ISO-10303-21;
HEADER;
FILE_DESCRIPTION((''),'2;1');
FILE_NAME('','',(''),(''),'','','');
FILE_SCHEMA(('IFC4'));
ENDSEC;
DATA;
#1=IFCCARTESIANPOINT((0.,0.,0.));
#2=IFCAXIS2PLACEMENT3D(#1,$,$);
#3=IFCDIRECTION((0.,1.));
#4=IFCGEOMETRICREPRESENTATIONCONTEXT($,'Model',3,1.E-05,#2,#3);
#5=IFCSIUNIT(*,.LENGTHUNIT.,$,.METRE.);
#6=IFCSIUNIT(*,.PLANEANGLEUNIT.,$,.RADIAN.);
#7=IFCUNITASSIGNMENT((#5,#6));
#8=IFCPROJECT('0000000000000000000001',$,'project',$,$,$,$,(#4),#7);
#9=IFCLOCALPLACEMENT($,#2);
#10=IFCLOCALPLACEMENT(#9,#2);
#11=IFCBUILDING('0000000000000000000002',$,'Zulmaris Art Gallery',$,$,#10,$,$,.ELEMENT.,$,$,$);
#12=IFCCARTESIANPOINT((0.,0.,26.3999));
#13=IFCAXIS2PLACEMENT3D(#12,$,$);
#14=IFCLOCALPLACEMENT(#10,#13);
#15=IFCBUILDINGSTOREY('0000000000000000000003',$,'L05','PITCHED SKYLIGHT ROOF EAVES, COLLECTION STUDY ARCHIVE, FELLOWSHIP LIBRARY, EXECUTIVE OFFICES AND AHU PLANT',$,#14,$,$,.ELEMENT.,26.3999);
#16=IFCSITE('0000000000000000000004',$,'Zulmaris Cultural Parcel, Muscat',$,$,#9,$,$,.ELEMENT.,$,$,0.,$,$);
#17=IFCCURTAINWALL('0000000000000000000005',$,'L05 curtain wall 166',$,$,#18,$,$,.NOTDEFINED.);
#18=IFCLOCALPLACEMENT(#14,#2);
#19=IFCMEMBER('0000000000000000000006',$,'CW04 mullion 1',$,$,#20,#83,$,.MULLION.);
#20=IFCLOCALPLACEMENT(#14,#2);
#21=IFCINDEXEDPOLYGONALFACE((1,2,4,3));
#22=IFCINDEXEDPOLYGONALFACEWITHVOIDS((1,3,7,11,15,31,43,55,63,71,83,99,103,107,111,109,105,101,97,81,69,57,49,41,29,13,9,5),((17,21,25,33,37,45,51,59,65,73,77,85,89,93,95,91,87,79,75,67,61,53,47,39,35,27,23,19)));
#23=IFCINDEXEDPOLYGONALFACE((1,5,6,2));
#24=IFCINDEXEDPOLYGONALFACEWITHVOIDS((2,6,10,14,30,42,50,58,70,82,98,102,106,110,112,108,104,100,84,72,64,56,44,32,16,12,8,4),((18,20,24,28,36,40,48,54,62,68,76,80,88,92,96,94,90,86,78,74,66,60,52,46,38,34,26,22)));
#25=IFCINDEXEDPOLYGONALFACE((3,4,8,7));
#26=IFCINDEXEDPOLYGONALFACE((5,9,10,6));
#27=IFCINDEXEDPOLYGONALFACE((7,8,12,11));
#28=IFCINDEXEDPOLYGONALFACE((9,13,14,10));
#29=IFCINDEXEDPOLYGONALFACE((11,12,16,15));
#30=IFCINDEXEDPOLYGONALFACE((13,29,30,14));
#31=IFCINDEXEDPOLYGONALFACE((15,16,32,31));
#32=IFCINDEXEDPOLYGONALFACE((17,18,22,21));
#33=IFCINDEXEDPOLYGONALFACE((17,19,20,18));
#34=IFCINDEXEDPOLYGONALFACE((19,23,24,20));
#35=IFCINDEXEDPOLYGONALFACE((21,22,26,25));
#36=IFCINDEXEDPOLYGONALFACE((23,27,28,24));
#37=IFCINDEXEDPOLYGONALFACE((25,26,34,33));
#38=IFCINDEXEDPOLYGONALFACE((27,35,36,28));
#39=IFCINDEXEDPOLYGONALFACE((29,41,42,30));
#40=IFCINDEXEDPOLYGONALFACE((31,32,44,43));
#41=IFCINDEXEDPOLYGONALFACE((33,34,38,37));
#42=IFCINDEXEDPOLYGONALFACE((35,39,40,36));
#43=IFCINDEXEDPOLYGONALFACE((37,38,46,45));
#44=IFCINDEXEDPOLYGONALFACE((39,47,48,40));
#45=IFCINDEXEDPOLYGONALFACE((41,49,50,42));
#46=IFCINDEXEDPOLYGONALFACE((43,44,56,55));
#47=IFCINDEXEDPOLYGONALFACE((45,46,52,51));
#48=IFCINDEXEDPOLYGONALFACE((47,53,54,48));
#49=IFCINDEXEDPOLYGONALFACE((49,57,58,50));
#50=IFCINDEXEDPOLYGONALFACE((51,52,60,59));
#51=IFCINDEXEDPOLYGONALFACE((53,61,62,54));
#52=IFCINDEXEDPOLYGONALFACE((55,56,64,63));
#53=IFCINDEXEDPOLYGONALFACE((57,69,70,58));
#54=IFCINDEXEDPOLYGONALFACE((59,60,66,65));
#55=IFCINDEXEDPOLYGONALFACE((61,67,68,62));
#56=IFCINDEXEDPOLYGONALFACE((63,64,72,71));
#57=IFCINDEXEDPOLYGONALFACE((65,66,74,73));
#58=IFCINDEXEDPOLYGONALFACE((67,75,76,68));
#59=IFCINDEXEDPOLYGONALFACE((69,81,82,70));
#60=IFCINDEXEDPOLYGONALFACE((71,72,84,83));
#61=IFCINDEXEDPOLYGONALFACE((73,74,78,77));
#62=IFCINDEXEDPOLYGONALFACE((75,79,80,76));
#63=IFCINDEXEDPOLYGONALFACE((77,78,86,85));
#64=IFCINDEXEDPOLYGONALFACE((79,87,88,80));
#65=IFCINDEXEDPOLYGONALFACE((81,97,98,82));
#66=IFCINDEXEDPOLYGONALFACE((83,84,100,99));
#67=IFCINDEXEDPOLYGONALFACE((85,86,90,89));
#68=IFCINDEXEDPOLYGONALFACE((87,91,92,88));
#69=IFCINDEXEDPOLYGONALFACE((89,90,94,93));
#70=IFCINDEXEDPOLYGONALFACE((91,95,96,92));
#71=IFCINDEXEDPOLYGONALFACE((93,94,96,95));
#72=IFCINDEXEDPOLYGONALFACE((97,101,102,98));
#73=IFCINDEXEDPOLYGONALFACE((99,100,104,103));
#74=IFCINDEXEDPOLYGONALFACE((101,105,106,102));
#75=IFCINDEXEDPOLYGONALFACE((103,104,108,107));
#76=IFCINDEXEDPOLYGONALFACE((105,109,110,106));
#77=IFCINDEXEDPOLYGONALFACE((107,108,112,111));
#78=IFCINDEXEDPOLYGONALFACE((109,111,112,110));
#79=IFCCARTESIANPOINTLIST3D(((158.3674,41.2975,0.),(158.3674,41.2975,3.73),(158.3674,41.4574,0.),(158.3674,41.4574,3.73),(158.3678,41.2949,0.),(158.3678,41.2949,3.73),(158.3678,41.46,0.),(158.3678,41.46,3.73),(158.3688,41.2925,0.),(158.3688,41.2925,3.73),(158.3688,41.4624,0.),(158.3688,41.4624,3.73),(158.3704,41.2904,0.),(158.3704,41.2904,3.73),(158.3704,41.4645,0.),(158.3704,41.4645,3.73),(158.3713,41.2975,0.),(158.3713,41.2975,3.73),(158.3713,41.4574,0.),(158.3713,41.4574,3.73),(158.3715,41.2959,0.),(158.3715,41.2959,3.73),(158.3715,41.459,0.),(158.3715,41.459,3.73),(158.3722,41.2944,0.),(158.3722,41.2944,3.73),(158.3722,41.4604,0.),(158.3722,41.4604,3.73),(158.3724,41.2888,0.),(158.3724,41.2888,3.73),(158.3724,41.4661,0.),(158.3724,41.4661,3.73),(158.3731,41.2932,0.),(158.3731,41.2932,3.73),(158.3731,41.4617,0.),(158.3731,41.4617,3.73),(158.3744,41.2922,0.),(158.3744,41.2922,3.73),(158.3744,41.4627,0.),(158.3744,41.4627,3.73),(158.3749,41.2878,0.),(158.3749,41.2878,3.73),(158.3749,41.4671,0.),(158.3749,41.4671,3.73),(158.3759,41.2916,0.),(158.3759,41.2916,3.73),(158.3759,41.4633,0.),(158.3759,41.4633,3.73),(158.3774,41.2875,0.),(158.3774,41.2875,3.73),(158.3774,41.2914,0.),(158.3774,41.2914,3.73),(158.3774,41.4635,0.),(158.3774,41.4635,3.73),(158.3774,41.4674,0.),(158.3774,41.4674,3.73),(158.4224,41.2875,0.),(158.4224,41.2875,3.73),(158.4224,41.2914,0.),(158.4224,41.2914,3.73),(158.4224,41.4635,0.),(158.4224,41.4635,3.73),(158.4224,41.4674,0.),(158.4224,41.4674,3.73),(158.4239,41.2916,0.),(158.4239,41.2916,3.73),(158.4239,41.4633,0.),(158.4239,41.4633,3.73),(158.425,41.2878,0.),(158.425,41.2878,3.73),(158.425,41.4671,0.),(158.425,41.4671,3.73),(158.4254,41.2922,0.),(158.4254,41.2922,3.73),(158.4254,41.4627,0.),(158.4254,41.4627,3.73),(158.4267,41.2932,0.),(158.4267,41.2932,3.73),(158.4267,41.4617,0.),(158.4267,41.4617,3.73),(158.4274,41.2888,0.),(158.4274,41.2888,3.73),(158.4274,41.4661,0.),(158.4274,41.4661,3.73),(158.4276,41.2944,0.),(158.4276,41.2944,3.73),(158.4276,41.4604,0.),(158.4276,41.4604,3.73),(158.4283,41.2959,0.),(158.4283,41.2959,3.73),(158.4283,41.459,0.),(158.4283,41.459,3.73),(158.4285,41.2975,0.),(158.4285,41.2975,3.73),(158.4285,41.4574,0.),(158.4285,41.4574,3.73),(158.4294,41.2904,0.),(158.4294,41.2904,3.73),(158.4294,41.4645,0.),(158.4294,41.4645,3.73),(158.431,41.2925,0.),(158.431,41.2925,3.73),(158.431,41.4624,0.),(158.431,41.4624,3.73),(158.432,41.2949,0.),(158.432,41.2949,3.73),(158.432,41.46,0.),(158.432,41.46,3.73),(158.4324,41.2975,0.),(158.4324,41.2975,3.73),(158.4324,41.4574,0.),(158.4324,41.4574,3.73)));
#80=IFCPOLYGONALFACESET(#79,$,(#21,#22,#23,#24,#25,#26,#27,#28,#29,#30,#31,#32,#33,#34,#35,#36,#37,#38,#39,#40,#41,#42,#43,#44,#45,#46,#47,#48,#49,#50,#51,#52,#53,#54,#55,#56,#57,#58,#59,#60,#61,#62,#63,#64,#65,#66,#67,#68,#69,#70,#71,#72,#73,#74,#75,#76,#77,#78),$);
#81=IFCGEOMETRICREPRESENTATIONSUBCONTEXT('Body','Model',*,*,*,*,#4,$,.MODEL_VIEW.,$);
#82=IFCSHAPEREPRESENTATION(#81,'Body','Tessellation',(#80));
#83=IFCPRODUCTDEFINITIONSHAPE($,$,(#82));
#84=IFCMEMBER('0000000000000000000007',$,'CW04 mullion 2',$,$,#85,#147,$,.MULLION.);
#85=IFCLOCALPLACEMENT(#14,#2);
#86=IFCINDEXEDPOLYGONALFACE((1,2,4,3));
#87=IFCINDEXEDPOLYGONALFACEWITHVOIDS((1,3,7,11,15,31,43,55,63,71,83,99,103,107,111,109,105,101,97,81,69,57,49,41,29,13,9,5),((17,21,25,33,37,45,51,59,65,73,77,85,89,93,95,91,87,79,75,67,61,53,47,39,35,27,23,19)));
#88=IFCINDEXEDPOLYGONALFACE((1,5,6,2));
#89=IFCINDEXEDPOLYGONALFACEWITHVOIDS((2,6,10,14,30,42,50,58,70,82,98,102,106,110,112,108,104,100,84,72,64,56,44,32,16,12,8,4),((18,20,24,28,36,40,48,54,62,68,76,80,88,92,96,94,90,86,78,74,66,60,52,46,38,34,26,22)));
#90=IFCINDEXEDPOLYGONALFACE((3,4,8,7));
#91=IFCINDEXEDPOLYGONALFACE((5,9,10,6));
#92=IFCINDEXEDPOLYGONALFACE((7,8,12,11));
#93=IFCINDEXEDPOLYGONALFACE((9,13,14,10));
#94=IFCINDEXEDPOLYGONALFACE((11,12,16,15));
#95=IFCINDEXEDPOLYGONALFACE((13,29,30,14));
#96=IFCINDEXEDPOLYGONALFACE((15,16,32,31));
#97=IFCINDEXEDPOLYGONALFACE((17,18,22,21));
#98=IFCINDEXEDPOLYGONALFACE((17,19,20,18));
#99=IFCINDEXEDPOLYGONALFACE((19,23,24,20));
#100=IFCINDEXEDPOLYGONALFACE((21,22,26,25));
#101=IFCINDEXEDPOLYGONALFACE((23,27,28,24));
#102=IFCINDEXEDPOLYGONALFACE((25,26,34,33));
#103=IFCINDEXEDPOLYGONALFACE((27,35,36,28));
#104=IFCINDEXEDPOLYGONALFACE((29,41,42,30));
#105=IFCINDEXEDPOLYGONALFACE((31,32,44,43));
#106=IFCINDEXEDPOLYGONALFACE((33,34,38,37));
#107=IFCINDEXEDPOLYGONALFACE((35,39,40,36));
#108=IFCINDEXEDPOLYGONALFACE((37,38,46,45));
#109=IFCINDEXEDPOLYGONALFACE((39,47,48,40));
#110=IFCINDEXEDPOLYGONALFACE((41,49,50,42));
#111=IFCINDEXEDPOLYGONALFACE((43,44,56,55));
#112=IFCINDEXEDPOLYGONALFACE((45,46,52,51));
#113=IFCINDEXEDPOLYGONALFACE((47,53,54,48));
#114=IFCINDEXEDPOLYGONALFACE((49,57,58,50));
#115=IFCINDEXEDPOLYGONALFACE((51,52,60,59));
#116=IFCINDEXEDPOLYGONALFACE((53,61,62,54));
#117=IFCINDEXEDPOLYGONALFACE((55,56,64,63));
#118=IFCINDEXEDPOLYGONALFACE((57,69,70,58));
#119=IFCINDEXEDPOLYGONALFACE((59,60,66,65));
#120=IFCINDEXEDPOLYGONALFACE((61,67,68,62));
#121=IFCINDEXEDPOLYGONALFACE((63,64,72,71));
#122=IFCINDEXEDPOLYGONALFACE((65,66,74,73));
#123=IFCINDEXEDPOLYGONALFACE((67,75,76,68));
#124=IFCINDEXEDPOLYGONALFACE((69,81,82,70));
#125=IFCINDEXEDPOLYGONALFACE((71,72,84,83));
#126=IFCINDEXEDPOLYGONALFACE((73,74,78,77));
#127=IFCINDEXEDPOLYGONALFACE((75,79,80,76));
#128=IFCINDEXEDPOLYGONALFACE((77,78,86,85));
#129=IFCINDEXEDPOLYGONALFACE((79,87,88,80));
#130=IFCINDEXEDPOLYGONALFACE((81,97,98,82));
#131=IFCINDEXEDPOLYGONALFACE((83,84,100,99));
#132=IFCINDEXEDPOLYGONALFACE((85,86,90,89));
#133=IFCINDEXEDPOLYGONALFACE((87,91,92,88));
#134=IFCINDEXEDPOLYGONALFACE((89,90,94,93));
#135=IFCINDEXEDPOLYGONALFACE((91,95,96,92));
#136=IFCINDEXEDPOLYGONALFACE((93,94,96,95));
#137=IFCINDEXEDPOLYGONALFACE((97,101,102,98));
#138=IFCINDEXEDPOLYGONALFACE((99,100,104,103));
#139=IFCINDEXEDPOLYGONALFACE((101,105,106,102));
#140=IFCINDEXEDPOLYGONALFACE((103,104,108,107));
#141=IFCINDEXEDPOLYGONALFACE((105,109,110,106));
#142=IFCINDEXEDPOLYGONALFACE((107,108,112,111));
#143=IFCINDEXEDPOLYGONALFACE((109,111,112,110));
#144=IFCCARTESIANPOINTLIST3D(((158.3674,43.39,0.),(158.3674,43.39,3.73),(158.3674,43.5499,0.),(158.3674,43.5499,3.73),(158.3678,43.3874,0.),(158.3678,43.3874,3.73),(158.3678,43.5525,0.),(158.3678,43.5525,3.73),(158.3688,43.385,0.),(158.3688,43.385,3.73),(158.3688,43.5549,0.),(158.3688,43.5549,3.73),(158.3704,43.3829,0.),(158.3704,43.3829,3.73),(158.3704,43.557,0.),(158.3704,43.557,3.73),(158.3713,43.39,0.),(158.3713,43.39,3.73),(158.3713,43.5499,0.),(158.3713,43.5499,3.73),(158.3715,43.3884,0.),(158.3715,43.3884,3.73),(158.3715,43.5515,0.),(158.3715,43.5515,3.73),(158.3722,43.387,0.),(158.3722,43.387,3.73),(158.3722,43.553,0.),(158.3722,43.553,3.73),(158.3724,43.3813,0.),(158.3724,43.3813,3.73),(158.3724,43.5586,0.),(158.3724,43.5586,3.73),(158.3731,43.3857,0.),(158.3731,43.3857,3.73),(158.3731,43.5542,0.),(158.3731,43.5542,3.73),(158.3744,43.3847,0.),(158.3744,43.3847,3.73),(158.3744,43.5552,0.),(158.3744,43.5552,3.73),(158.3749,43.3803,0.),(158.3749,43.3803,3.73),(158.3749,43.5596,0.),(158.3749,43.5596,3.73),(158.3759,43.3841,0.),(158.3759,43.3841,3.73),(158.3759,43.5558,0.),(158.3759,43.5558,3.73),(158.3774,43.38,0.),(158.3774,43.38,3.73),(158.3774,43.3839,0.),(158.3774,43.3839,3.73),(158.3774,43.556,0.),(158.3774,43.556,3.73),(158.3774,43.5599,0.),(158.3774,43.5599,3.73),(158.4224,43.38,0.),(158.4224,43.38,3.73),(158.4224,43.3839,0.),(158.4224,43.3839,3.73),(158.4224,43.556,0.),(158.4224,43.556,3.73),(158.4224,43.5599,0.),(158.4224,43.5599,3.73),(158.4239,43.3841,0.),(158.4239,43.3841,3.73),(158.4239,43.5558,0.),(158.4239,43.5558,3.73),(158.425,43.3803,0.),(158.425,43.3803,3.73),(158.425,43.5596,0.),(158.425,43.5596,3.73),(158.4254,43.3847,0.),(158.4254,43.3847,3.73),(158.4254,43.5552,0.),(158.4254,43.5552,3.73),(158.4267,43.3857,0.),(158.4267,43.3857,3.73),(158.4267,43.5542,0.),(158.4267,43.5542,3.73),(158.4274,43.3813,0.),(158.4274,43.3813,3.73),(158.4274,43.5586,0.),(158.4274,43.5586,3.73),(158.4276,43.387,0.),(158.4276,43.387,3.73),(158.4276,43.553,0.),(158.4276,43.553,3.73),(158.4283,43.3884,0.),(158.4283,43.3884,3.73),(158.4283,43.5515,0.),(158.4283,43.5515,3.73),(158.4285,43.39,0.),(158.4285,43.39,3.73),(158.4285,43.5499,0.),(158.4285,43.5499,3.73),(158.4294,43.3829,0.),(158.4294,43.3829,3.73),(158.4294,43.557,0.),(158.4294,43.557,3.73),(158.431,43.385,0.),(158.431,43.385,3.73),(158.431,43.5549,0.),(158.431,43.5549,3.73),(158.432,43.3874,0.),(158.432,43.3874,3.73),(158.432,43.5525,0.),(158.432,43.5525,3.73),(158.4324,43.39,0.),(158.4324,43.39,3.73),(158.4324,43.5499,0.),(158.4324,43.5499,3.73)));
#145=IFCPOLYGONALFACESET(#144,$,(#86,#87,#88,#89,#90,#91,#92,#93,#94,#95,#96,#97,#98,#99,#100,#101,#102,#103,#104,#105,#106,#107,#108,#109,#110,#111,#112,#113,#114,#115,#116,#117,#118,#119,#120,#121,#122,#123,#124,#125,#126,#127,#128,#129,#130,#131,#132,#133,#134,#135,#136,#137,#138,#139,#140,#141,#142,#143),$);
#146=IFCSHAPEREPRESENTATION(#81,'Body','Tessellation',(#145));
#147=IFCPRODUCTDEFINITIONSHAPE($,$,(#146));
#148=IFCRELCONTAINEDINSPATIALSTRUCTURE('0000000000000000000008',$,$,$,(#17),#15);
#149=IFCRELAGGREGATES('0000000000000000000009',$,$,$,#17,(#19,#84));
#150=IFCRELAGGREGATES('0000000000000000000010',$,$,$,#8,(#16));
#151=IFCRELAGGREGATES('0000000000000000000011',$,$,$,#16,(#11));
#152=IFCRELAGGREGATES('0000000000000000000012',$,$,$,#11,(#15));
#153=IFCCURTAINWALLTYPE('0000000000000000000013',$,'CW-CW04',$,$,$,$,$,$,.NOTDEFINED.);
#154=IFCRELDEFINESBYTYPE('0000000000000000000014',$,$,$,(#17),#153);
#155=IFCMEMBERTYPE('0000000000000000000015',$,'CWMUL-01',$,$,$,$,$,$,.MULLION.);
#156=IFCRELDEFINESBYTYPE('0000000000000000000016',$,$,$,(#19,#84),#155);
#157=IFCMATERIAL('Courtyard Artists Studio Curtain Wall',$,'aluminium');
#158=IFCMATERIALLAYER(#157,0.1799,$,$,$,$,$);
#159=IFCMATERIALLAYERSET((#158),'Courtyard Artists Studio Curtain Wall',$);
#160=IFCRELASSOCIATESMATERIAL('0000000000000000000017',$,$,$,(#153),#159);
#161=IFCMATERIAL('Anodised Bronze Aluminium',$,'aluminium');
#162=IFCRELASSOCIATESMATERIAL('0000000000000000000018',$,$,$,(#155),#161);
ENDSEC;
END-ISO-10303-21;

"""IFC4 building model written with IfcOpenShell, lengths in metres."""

from ifc_helpers import new_model, si_unit, direction, frame, origin, origin_2d, place, context, subcontext, project, spatial, hollow_rectangle, extrude, material, layer, layer_set, material_profile, profile_set, type_object, element, aggregate, save


model = new_model("IFC4")

# Units and contexts
model_context = context("Model", 3, precision=1e-05, world=origin(), true_north=direction((0.0, 1.0)))
body_context = subcontext(model_context, "Body", "Model", "MODEL_VIEW")
ifc_project = project(units=[si_unit("LENGTHUNIT", "METRE"), si_unit("PLANEANGLEUNIT", "RADIAN")], contexts=[model_context])

# Site, building, storey
site_placement = place(None, origin())
site = spatial("IfcSite", under=ifc_project, at=site_placement, Name="Zulmaris Cultural Parcel, Muscat", CompositionType="ELEMENT", RefElevation=0.0)
building_placement = place(site_placement, origin())
building = spatial("IfcBuilding", under=site, at=building_placement, Name="Zulmaris Art Gallery", CompositionType="ELEMENT")
storey_placement = place(building_placement, frame((0.0, 0.0, 26.3999)))
storey = spatial("IfcBuildingStorey", under=building, at=storey_placement, Name="L05", Description="PITCHED SKYLIGHT ROOF EAVES, COLLECTION STUDY ARCHIVE, FELLOWSHIP LIBRARY, EXECUTIVE OFFICES AND AHU PLANT", CompositionType="ELEMENT", Elevation=26.3999)

# Shared definitions
ifc_material_1 = material(Name="Courtyard Artists Studio Curtain Wall", Category="aluminium")
ifc_layer_1 = layer(ifc_material_1, 0.1799)
ifc_layer_set_1 = layer_set([ifc_layer_1], Name="Courtyard Artists Studio Curtain Wall")
curtain_wall_type = type_object("IfcCurtainWallType", Name="CW-CW04", PredefinedType="NOTDEFINED", material=ifc_layer_set_1)
ifc_material_2 = material(Name="Anodised Bronze Aluminium", Category="aluminium")
ifc_material_profile_1 = material_profile(ifc_material_2, hollow_rectangle(XDim=0.0649, YDim=0.1799, WallThickness=0.0039, InnerFilletRadius=0.0061, OuterFilletRadius=0.01, at=origin_2d()), Name="ALU 65x180x4")
ifc_profile_set_1 = profile_set([ifc_material_profile_1], Name="Anodised Bronze Aluminium")
member_type_1 = type_object("IfcMemberType", Name="CWMUL-01", PredefinedType="MULLION", material=ifc_profile_set_1)

# Curtain wall, members
curtain_wall_1_placement = place(storey_placement, origin())
curtain_wall_1 = element("IfcCurtainWall", 1, at=curtain_wall_1_placement, inside=storey, type_object=curtain_wall_type, Name="L05 curtain wall 166", PredefinedType="NOTDEFINED")
member_1_placement = place(storey_placement, frame((158.3999, 41.3774, 0.0), z_axis=(0.0, 0.0, 1.0), x_axis=(-1.0, 0.0, 0.0)))
member_1 = element("IfcMember", 2, at=member_1_placement, type_object=member_type_1, Name="CW04 mullion 1", PredefinedType="MULLION", context=body_context, shape_type="SweptSolid", body=[
    extrude(hollow_rectangle(XDim=0.0649, YDim=0.1799, WallThickness=0.0039, InnerFilletRadius=0.0061, OuterFilletRadius=0.01, at=origin_2d()), origin(), (0.0, 0.0, 1.0), 3.73),
])
member_2_placement = place(storey_placement, frame((158.3999, 43.47, 0.0), z_axis=(0.0, 0.0, 1.0), x_axis=(-1.0, 0.0, 0.0)))
member_2 = element("IfcMember", 3, at=member_2_placement, type_object=member_type_1, Name="CW04 mullion 2", PredefinedType="MULLION", context=body_context, shape_type="SweptSolid", body=[
    extrude(hollow_rectangle(XDim=0.0649, YDim=0.1799, WallThickness=0.0039, InnerFilletRadius=0.0061, OuterFilletRadius=0.01, at=origin_2d()), origin(), (0.0, 0.0, 1.0), 3.73),
])

aggregate(curtain_wall_1, [member_1, member_2])

save(model, "model.ifc")
